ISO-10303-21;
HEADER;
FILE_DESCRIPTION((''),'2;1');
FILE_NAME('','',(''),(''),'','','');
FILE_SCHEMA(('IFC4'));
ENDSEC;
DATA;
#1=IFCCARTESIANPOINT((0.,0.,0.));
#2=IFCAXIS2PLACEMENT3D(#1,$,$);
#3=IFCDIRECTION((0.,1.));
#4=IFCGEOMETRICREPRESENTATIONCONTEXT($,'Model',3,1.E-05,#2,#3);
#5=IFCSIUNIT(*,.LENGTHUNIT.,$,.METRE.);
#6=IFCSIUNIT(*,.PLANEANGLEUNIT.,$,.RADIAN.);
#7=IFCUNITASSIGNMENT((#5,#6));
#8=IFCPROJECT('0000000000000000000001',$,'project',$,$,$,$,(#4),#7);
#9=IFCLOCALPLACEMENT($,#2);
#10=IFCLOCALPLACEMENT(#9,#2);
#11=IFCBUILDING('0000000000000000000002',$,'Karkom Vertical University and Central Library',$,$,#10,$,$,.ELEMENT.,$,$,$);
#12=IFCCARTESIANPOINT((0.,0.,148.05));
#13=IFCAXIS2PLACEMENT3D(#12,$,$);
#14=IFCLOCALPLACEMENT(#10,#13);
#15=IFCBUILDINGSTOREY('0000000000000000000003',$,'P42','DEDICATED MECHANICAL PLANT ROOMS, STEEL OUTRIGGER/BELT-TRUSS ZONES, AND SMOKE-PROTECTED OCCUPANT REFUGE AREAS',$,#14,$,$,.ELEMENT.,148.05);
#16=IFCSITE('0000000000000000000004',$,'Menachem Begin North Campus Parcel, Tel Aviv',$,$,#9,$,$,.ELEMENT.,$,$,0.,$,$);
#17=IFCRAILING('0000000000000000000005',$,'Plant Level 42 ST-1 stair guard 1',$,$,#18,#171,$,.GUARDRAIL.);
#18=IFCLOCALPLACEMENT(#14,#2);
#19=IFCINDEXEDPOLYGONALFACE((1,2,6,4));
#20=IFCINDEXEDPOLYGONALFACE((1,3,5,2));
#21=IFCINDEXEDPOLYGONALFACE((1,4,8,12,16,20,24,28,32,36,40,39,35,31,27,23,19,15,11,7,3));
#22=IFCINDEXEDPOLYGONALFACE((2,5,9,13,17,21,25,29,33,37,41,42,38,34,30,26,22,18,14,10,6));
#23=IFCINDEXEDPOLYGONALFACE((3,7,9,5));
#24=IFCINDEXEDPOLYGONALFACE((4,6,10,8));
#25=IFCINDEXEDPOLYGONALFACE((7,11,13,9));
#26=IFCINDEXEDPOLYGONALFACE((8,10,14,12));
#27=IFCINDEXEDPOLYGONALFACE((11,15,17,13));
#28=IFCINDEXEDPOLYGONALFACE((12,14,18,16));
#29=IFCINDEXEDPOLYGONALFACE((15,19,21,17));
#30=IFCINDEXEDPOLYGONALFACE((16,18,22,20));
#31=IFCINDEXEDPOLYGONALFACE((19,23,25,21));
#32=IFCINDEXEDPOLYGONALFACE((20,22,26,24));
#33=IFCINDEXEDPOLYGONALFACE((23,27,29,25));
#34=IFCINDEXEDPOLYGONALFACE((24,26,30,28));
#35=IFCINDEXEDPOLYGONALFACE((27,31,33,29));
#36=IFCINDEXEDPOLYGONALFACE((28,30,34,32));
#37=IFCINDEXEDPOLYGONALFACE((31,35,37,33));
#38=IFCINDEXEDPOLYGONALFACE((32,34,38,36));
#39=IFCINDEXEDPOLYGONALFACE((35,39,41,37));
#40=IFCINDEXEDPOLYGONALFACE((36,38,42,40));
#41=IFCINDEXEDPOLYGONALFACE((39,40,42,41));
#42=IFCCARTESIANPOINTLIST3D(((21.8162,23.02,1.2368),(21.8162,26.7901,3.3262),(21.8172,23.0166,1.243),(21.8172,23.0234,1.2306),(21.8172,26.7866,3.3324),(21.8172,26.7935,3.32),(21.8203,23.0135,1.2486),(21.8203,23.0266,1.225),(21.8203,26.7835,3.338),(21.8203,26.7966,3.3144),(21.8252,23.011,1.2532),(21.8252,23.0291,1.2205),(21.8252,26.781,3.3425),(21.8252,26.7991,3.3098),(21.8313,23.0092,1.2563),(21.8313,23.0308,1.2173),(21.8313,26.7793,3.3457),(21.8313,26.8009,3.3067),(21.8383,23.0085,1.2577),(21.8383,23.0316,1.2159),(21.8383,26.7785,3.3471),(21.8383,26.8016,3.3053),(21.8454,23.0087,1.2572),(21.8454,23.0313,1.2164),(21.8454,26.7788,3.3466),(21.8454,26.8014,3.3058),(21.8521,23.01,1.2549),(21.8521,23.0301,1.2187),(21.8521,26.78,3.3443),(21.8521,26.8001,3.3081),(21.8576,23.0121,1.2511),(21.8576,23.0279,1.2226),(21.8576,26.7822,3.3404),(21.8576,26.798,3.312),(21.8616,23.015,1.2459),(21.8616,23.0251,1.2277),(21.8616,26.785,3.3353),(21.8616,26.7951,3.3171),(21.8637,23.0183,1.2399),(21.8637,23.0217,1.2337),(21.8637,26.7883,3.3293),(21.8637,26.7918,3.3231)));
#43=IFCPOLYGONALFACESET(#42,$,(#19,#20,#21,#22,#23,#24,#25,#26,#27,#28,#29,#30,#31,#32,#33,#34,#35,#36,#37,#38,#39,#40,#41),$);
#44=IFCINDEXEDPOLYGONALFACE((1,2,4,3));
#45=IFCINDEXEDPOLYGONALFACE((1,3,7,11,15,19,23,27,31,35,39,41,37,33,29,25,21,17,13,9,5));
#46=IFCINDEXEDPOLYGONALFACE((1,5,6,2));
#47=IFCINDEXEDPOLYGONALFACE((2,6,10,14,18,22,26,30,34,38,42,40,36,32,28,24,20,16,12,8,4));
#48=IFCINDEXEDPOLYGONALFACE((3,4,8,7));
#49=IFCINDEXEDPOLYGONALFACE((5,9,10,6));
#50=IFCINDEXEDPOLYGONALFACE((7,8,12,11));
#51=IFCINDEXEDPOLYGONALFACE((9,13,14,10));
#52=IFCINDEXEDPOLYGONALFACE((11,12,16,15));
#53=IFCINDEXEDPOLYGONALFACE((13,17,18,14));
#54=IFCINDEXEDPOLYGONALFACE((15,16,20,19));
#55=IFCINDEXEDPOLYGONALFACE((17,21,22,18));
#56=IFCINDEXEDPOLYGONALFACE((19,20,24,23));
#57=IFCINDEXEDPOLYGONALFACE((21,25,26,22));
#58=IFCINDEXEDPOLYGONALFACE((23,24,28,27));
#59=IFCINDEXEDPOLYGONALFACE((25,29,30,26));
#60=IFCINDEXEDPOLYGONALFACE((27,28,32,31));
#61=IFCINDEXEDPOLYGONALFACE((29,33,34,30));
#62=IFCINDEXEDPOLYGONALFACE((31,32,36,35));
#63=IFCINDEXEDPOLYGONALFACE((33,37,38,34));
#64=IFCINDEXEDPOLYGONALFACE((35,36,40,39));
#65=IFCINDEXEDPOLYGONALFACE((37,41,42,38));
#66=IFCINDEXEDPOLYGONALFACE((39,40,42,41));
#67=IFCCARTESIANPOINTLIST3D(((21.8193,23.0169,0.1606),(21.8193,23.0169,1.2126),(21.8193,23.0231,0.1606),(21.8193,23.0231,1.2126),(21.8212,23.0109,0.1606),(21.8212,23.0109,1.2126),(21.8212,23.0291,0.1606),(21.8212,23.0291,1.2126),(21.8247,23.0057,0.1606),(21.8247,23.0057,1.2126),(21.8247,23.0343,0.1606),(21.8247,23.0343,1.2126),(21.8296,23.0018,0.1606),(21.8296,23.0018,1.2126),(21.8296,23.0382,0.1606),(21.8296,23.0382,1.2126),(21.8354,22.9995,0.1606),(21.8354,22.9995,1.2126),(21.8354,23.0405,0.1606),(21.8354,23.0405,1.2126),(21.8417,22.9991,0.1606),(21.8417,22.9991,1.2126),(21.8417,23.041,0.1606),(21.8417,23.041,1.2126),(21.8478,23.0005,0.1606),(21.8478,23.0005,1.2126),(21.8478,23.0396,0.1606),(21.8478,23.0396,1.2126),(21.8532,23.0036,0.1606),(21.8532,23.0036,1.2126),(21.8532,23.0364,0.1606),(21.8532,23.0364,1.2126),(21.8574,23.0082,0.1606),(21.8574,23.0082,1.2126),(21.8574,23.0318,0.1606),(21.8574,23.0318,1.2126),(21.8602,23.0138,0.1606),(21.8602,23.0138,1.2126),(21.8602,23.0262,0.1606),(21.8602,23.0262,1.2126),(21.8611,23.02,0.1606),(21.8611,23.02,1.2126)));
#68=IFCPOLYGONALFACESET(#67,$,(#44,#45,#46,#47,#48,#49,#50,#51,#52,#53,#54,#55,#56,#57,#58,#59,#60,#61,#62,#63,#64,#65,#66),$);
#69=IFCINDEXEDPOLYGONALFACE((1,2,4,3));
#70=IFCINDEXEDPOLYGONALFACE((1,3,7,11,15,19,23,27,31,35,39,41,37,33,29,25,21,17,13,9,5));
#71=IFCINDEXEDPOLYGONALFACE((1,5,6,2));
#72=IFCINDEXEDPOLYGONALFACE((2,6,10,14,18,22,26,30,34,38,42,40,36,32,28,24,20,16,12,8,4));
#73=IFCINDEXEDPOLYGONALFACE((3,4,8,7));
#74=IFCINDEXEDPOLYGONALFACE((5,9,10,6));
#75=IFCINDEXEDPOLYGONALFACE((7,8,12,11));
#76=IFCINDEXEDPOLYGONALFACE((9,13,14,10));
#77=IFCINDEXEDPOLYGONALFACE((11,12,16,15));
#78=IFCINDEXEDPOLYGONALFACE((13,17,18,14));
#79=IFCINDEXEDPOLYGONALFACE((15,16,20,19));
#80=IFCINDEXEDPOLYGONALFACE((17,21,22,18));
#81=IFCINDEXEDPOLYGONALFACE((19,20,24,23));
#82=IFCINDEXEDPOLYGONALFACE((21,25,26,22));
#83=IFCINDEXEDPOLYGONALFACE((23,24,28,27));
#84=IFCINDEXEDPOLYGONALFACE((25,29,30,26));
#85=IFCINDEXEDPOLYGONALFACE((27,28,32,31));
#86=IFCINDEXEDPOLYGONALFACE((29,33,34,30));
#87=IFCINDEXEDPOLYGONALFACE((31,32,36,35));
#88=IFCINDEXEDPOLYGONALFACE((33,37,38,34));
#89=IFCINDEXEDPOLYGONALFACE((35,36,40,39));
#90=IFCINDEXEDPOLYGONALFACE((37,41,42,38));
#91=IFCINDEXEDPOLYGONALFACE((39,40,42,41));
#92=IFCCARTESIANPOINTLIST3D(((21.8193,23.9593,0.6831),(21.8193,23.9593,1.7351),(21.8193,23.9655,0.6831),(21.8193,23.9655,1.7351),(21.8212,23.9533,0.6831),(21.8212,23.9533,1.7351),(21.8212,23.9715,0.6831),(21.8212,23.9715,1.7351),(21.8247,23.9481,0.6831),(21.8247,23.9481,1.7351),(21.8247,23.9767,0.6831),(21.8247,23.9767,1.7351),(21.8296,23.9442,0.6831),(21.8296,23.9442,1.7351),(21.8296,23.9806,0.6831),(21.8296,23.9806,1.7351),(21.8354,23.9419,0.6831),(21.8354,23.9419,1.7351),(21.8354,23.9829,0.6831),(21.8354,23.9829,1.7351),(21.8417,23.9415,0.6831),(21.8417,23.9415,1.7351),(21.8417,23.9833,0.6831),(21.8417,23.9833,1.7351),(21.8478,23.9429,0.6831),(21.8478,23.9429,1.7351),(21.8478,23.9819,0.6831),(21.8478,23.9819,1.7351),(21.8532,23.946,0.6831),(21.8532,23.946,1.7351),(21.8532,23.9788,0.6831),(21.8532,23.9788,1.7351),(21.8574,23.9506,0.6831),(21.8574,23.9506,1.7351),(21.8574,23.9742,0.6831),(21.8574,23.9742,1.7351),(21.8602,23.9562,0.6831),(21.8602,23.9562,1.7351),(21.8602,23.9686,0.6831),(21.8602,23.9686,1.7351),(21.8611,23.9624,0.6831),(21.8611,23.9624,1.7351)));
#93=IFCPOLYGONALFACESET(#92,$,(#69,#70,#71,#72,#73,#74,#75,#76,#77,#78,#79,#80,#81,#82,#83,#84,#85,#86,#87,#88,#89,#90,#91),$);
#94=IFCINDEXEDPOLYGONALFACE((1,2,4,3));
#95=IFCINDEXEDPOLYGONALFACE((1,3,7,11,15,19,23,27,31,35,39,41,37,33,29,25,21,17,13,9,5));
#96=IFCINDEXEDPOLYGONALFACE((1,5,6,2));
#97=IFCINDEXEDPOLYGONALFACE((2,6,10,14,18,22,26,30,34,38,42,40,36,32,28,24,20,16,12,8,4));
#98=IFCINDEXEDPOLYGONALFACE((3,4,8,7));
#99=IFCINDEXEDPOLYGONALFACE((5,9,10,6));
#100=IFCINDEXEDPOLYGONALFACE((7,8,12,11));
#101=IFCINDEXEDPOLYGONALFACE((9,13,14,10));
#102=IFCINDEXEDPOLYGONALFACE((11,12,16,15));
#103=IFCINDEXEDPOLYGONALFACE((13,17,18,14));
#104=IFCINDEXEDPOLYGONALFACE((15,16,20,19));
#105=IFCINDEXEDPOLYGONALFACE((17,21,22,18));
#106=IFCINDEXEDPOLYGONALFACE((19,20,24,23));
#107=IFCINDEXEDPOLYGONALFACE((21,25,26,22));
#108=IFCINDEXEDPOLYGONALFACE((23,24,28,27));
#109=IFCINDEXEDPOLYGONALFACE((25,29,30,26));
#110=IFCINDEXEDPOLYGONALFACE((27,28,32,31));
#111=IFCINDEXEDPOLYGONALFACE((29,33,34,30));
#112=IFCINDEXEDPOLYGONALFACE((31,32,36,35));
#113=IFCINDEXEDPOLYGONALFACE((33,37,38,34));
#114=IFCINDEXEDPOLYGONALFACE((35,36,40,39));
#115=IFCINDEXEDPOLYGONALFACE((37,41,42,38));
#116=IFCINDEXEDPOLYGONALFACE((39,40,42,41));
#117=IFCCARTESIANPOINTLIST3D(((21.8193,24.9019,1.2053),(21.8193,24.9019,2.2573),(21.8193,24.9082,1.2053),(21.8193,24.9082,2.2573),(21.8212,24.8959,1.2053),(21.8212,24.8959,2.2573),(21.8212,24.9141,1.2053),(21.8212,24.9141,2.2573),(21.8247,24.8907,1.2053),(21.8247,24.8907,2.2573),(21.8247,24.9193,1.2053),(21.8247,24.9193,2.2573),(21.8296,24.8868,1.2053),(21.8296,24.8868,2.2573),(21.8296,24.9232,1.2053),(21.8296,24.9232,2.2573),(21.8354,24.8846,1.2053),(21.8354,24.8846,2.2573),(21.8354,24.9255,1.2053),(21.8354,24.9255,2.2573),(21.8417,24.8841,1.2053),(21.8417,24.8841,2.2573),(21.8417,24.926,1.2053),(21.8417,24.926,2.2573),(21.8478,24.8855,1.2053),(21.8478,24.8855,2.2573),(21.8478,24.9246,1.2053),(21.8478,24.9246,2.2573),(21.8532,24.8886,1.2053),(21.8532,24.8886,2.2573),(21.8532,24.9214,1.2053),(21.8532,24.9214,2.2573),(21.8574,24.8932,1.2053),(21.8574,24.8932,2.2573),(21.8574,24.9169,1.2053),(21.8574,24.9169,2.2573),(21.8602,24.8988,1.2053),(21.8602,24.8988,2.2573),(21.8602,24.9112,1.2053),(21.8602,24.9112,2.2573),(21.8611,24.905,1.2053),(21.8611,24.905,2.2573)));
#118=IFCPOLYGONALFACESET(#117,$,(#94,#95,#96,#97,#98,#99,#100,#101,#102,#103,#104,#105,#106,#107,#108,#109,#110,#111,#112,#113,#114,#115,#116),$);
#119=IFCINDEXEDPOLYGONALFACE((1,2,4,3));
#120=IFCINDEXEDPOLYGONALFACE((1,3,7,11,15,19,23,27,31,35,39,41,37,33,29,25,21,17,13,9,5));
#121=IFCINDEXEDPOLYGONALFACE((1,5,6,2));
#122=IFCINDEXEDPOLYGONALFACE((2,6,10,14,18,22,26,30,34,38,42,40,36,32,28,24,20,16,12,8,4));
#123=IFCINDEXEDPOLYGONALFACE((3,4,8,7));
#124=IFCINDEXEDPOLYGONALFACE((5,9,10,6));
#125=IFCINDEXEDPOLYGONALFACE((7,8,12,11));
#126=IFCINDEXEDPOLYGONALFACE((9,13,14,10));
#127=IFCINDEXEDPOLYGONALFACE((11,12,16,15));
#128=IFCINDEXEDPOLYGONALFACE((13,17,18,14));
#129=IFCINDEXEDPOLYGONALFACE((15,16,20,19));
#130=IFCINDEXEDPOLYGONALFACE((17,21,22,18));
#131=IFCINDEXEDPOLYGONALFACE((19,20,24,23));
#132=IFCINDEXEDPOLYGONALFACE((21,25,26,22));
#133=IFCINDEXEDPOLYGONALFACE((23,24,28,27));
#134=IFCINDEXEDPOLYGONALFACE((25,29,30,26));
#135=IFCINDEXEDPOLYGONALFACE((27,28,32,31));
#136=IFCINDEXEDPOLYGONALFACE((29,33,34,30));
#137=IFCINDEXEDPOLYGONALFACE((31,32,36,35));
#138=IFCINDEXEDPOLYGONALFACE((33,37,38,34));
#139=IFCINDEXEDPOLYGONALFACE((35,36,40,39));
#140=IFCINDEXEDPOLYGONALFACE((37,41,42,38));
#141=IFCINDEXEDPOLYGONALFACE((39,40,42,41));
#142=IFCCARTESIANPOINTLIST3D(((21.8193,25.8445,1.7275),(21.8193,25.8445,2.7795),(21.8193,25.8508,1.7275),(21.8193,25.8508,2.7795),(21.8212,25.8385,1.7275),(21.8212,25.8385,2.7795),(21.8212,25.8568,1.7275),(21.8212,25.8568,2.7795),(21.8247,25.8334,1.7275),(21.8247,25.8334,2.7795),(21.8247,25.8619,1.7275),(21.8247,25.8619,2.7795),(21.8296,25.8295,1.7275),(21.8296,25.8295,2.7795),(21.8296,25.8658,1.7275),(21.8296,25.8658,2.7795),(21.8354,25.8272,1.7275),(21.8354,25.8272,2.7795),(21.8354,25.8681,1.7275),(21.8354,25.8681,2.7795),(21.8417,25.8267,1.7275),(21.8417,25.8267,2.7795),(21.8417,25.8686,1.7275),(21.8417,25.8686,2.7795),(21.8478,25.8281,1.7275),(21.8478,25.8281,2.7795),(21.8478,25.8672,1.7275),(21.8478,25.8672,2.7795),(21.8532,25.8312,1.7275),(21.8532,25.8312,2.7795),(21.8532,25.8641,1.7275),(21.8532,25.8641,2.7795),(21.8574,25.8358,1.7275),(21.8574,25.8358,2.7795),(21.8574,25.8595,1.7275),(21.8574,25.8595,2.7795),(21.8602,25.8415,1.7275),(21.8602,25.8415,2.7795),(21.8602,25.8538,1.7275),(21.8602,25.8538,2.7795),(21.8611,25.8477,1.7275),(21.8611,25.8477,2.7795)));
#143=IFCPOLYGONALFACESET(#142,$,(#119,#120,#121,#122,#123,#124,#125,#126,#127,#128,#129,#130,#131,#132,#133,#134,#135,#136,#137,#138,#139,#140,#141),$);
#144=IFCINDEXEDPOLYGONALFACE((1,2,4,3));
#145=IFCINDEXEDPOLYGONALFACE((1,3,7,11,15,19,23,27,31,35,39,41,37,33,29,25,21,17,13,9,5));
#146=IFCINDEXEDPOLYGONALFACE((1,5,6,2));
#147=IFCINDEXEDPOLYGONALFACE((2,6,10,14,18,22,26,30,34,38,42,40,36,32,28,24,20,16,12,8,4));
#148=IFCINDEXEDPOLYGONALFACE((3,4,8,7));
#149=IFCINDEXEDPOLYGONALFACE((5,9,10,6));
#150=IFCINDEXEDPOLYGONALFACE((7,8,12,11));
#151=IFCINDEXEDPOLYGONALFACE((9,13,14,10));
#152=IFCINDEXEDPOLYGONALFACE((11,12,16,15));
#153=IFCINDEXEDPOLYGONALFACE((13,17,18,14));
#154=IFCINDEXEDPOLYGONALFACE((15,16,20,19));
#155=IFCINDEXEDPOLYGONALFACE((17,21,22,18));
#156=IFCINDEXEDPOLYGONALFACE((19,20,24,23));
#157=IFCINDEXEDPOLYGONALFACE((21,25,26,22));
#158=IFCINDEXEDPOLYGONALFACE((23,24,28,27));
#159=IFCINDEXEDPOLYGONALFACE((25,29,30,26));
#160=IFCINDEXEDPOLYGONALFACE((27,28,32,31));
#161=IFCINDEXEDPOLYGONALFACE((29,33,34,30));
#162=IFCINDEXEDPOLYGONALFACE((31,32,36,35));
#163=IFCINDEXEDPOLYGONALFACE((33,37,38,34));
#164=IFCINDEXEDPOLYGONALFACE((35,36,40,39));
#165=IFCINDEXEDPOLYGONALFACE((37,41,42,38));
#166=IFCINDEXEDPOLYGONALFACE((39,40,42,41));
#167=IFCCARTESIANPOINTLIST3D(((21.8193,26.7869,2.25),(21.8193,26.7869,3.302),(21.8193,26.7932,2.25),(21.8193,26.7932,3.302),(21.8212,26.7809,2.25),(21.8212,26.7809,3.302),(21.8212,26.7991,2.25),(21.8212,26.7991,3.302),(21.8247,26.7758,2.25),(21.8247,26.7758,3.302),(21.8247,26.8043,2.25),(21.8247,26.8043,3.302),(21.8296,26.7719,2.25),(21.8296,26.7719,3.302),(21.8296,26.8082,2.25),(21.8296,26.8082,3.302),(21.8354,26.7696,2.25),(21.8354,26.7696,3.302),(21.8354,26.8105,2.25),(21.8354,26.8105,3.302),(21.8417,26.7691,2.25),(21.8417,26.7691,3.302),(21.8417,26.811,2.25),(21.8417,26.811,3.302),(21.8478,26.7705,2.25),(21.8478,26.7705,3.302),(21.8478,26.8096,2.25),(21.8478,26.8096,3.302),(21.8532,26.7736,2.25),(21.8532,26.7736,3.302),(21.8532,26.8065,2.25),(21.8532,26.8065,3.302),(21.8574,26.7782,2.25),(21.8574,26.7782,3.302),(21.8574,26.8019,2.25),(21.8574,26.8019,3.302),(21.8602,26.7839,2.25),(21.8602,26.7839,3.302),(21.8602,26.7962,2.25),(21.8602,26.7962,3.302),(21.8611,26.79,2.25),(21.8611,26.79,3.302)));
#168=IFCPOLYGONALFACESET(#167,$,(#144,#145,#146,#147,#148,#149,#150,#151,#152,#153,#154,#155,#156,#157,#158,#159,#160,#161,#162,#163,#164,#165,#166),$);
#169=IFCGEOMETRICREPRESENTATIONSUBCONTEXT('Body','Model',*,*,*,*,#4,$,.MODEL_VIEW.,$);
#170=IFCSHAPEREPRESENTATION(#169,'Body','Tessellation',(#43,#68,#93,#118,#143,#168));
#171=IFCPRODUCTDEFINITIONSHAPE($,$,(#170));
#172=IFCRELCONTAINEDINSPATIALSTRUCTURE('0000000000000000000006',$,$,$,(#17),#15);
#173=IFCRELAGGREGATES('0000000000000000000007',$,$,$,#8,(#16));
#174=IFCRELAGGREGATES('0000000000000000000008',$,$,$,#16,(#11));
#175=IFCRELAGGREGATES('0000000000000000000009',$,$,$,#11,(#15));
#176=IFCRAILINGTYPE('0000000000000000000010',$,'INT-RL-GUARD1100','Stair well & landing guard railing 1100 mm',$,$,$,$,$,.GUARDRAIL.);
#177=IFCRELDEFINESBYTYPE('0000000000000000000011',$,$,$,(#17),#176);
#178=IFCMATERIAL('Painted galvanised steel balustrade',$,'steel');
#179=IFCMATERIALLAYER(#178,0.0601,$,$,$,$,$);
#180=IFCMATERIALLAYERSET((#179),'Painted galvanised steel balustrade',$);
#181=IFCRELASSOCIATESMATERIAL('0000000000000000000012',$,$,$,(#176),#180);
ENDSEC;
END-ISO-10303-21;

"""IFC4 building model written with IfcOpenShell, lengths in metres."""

from ifc_helpers import new_model, si_unit, direction, frame, origin, origin_2d, place, context, subcontext, project, spatial, circle, extrude, material, layer, layer_set, type_object, element, save


model = new_model("IFC4")

# Units and contexts
model_context = context("Model", 3, precision=1e-05, world=origin(), true_north=direction((0.0, 1.0)))
body_context = subcontext(model_context, "Body", "Model", "MODEL_VIEW")
ifc_project = project(units=[si_unit("LENGTHUNIT", "METRE"), si_unit("PLANEANGLEUNIT", "RADIAN")], contexts=[model_context])

# Site, building, storey
site_placement = place(None, origin())
site = spatial("IfcSite", under=ifc_project, at=site_placement, Name="Menachem Begin North Campus Parcel, Tel Aviv", CompositionType="ELEMENT", RefElevation=0.0)
building_placement = place(site_placement, origin())
building = spatial("IfcBuilding", under=site, at=building_placement, Name="Karkom Vertical University and Central Library", CompositionType="ELEMENT")
storey_placement = place(building_placement, frame((0.0, 0.0, 148.05)))
storey = spatial("IfcBuildingStorey", under=building, at=storey_placement, Name="P42", Description="DEDICATED MECHANICAL PLANT ROOMS, STEEL OUTRIGGER/BELT-TRUSS ZONES, AND SMOKE-PROTECTED OCCUPANT REFUGE AREAS", CompositionType="ELEMENT", Elevation=148.05)

# Railing
ifc_material_1 = material(Name="Painted galvanised steel balustrade", Category="steel")
ifc_layer_1 = layer(ifc_material_1, 0.0601)
ifc_layer_set_1 = layer_set([ifc_layer_1], Name="Painted galvanised steel balustrade")
railing_type_1 = type_object("IfcRailingType", Name="INT-RL-GUARD1100", Description="Stair well & landing guard railing 1100 mm", PredefinedType="GUARDRAIL", material=ifc_layer_set_1)
railing_1_placement = place(storey_placement, frame((21.8401, 23.02, 0.1606)))
element("IfcRailing", 1, at=railing_1_placement, inside=storey, type_object=railing_type_1, Name="Plant Level 42 ST-1 stair guard 1", PredefinedType="GUARDRAIL", context=body_context, shape_type="SweptSolid", body=[
    extrude(circle(Radius=0.0239, at=origin_2d()), frame((0.0, 0.0, 1.0762), z_axis=(0.0, 0.874659, 0.484739), x_axis=(-1.0, 0.0, 0.0)), (0.0, 0.0, 1.0), 4.3103),
    extrude(circle(Radius=0.021, at=origin_2d()), origin(), (0.0, 0.0, 1.0), 1.052),
    extrude(circle(Radius=0.021, at=origin_2d()), frame((0.0, 0.9424, 0.5225)), (0.0, 0.0, 1.0), 1.052),
    extrude(circle(Radius=0.021, at=origin_2d()), frame((0.0, 1.885, 1.0447)), (0.0, 0.0, 1.0), 1.052),
    extrude(circle(Radius=0.021, at=origin_2d()), frame((0.0, 2.8276, 1.5669)), (0.0, 0.0, 1.0), 1.052),
    extrude(circle(Radius=0.021, at=origin_2d()), frame((0.0, 3.77, 2.0894)), (0.0, 0.0, 1.0), 1.052),
])

save(model, "model.ifc")
